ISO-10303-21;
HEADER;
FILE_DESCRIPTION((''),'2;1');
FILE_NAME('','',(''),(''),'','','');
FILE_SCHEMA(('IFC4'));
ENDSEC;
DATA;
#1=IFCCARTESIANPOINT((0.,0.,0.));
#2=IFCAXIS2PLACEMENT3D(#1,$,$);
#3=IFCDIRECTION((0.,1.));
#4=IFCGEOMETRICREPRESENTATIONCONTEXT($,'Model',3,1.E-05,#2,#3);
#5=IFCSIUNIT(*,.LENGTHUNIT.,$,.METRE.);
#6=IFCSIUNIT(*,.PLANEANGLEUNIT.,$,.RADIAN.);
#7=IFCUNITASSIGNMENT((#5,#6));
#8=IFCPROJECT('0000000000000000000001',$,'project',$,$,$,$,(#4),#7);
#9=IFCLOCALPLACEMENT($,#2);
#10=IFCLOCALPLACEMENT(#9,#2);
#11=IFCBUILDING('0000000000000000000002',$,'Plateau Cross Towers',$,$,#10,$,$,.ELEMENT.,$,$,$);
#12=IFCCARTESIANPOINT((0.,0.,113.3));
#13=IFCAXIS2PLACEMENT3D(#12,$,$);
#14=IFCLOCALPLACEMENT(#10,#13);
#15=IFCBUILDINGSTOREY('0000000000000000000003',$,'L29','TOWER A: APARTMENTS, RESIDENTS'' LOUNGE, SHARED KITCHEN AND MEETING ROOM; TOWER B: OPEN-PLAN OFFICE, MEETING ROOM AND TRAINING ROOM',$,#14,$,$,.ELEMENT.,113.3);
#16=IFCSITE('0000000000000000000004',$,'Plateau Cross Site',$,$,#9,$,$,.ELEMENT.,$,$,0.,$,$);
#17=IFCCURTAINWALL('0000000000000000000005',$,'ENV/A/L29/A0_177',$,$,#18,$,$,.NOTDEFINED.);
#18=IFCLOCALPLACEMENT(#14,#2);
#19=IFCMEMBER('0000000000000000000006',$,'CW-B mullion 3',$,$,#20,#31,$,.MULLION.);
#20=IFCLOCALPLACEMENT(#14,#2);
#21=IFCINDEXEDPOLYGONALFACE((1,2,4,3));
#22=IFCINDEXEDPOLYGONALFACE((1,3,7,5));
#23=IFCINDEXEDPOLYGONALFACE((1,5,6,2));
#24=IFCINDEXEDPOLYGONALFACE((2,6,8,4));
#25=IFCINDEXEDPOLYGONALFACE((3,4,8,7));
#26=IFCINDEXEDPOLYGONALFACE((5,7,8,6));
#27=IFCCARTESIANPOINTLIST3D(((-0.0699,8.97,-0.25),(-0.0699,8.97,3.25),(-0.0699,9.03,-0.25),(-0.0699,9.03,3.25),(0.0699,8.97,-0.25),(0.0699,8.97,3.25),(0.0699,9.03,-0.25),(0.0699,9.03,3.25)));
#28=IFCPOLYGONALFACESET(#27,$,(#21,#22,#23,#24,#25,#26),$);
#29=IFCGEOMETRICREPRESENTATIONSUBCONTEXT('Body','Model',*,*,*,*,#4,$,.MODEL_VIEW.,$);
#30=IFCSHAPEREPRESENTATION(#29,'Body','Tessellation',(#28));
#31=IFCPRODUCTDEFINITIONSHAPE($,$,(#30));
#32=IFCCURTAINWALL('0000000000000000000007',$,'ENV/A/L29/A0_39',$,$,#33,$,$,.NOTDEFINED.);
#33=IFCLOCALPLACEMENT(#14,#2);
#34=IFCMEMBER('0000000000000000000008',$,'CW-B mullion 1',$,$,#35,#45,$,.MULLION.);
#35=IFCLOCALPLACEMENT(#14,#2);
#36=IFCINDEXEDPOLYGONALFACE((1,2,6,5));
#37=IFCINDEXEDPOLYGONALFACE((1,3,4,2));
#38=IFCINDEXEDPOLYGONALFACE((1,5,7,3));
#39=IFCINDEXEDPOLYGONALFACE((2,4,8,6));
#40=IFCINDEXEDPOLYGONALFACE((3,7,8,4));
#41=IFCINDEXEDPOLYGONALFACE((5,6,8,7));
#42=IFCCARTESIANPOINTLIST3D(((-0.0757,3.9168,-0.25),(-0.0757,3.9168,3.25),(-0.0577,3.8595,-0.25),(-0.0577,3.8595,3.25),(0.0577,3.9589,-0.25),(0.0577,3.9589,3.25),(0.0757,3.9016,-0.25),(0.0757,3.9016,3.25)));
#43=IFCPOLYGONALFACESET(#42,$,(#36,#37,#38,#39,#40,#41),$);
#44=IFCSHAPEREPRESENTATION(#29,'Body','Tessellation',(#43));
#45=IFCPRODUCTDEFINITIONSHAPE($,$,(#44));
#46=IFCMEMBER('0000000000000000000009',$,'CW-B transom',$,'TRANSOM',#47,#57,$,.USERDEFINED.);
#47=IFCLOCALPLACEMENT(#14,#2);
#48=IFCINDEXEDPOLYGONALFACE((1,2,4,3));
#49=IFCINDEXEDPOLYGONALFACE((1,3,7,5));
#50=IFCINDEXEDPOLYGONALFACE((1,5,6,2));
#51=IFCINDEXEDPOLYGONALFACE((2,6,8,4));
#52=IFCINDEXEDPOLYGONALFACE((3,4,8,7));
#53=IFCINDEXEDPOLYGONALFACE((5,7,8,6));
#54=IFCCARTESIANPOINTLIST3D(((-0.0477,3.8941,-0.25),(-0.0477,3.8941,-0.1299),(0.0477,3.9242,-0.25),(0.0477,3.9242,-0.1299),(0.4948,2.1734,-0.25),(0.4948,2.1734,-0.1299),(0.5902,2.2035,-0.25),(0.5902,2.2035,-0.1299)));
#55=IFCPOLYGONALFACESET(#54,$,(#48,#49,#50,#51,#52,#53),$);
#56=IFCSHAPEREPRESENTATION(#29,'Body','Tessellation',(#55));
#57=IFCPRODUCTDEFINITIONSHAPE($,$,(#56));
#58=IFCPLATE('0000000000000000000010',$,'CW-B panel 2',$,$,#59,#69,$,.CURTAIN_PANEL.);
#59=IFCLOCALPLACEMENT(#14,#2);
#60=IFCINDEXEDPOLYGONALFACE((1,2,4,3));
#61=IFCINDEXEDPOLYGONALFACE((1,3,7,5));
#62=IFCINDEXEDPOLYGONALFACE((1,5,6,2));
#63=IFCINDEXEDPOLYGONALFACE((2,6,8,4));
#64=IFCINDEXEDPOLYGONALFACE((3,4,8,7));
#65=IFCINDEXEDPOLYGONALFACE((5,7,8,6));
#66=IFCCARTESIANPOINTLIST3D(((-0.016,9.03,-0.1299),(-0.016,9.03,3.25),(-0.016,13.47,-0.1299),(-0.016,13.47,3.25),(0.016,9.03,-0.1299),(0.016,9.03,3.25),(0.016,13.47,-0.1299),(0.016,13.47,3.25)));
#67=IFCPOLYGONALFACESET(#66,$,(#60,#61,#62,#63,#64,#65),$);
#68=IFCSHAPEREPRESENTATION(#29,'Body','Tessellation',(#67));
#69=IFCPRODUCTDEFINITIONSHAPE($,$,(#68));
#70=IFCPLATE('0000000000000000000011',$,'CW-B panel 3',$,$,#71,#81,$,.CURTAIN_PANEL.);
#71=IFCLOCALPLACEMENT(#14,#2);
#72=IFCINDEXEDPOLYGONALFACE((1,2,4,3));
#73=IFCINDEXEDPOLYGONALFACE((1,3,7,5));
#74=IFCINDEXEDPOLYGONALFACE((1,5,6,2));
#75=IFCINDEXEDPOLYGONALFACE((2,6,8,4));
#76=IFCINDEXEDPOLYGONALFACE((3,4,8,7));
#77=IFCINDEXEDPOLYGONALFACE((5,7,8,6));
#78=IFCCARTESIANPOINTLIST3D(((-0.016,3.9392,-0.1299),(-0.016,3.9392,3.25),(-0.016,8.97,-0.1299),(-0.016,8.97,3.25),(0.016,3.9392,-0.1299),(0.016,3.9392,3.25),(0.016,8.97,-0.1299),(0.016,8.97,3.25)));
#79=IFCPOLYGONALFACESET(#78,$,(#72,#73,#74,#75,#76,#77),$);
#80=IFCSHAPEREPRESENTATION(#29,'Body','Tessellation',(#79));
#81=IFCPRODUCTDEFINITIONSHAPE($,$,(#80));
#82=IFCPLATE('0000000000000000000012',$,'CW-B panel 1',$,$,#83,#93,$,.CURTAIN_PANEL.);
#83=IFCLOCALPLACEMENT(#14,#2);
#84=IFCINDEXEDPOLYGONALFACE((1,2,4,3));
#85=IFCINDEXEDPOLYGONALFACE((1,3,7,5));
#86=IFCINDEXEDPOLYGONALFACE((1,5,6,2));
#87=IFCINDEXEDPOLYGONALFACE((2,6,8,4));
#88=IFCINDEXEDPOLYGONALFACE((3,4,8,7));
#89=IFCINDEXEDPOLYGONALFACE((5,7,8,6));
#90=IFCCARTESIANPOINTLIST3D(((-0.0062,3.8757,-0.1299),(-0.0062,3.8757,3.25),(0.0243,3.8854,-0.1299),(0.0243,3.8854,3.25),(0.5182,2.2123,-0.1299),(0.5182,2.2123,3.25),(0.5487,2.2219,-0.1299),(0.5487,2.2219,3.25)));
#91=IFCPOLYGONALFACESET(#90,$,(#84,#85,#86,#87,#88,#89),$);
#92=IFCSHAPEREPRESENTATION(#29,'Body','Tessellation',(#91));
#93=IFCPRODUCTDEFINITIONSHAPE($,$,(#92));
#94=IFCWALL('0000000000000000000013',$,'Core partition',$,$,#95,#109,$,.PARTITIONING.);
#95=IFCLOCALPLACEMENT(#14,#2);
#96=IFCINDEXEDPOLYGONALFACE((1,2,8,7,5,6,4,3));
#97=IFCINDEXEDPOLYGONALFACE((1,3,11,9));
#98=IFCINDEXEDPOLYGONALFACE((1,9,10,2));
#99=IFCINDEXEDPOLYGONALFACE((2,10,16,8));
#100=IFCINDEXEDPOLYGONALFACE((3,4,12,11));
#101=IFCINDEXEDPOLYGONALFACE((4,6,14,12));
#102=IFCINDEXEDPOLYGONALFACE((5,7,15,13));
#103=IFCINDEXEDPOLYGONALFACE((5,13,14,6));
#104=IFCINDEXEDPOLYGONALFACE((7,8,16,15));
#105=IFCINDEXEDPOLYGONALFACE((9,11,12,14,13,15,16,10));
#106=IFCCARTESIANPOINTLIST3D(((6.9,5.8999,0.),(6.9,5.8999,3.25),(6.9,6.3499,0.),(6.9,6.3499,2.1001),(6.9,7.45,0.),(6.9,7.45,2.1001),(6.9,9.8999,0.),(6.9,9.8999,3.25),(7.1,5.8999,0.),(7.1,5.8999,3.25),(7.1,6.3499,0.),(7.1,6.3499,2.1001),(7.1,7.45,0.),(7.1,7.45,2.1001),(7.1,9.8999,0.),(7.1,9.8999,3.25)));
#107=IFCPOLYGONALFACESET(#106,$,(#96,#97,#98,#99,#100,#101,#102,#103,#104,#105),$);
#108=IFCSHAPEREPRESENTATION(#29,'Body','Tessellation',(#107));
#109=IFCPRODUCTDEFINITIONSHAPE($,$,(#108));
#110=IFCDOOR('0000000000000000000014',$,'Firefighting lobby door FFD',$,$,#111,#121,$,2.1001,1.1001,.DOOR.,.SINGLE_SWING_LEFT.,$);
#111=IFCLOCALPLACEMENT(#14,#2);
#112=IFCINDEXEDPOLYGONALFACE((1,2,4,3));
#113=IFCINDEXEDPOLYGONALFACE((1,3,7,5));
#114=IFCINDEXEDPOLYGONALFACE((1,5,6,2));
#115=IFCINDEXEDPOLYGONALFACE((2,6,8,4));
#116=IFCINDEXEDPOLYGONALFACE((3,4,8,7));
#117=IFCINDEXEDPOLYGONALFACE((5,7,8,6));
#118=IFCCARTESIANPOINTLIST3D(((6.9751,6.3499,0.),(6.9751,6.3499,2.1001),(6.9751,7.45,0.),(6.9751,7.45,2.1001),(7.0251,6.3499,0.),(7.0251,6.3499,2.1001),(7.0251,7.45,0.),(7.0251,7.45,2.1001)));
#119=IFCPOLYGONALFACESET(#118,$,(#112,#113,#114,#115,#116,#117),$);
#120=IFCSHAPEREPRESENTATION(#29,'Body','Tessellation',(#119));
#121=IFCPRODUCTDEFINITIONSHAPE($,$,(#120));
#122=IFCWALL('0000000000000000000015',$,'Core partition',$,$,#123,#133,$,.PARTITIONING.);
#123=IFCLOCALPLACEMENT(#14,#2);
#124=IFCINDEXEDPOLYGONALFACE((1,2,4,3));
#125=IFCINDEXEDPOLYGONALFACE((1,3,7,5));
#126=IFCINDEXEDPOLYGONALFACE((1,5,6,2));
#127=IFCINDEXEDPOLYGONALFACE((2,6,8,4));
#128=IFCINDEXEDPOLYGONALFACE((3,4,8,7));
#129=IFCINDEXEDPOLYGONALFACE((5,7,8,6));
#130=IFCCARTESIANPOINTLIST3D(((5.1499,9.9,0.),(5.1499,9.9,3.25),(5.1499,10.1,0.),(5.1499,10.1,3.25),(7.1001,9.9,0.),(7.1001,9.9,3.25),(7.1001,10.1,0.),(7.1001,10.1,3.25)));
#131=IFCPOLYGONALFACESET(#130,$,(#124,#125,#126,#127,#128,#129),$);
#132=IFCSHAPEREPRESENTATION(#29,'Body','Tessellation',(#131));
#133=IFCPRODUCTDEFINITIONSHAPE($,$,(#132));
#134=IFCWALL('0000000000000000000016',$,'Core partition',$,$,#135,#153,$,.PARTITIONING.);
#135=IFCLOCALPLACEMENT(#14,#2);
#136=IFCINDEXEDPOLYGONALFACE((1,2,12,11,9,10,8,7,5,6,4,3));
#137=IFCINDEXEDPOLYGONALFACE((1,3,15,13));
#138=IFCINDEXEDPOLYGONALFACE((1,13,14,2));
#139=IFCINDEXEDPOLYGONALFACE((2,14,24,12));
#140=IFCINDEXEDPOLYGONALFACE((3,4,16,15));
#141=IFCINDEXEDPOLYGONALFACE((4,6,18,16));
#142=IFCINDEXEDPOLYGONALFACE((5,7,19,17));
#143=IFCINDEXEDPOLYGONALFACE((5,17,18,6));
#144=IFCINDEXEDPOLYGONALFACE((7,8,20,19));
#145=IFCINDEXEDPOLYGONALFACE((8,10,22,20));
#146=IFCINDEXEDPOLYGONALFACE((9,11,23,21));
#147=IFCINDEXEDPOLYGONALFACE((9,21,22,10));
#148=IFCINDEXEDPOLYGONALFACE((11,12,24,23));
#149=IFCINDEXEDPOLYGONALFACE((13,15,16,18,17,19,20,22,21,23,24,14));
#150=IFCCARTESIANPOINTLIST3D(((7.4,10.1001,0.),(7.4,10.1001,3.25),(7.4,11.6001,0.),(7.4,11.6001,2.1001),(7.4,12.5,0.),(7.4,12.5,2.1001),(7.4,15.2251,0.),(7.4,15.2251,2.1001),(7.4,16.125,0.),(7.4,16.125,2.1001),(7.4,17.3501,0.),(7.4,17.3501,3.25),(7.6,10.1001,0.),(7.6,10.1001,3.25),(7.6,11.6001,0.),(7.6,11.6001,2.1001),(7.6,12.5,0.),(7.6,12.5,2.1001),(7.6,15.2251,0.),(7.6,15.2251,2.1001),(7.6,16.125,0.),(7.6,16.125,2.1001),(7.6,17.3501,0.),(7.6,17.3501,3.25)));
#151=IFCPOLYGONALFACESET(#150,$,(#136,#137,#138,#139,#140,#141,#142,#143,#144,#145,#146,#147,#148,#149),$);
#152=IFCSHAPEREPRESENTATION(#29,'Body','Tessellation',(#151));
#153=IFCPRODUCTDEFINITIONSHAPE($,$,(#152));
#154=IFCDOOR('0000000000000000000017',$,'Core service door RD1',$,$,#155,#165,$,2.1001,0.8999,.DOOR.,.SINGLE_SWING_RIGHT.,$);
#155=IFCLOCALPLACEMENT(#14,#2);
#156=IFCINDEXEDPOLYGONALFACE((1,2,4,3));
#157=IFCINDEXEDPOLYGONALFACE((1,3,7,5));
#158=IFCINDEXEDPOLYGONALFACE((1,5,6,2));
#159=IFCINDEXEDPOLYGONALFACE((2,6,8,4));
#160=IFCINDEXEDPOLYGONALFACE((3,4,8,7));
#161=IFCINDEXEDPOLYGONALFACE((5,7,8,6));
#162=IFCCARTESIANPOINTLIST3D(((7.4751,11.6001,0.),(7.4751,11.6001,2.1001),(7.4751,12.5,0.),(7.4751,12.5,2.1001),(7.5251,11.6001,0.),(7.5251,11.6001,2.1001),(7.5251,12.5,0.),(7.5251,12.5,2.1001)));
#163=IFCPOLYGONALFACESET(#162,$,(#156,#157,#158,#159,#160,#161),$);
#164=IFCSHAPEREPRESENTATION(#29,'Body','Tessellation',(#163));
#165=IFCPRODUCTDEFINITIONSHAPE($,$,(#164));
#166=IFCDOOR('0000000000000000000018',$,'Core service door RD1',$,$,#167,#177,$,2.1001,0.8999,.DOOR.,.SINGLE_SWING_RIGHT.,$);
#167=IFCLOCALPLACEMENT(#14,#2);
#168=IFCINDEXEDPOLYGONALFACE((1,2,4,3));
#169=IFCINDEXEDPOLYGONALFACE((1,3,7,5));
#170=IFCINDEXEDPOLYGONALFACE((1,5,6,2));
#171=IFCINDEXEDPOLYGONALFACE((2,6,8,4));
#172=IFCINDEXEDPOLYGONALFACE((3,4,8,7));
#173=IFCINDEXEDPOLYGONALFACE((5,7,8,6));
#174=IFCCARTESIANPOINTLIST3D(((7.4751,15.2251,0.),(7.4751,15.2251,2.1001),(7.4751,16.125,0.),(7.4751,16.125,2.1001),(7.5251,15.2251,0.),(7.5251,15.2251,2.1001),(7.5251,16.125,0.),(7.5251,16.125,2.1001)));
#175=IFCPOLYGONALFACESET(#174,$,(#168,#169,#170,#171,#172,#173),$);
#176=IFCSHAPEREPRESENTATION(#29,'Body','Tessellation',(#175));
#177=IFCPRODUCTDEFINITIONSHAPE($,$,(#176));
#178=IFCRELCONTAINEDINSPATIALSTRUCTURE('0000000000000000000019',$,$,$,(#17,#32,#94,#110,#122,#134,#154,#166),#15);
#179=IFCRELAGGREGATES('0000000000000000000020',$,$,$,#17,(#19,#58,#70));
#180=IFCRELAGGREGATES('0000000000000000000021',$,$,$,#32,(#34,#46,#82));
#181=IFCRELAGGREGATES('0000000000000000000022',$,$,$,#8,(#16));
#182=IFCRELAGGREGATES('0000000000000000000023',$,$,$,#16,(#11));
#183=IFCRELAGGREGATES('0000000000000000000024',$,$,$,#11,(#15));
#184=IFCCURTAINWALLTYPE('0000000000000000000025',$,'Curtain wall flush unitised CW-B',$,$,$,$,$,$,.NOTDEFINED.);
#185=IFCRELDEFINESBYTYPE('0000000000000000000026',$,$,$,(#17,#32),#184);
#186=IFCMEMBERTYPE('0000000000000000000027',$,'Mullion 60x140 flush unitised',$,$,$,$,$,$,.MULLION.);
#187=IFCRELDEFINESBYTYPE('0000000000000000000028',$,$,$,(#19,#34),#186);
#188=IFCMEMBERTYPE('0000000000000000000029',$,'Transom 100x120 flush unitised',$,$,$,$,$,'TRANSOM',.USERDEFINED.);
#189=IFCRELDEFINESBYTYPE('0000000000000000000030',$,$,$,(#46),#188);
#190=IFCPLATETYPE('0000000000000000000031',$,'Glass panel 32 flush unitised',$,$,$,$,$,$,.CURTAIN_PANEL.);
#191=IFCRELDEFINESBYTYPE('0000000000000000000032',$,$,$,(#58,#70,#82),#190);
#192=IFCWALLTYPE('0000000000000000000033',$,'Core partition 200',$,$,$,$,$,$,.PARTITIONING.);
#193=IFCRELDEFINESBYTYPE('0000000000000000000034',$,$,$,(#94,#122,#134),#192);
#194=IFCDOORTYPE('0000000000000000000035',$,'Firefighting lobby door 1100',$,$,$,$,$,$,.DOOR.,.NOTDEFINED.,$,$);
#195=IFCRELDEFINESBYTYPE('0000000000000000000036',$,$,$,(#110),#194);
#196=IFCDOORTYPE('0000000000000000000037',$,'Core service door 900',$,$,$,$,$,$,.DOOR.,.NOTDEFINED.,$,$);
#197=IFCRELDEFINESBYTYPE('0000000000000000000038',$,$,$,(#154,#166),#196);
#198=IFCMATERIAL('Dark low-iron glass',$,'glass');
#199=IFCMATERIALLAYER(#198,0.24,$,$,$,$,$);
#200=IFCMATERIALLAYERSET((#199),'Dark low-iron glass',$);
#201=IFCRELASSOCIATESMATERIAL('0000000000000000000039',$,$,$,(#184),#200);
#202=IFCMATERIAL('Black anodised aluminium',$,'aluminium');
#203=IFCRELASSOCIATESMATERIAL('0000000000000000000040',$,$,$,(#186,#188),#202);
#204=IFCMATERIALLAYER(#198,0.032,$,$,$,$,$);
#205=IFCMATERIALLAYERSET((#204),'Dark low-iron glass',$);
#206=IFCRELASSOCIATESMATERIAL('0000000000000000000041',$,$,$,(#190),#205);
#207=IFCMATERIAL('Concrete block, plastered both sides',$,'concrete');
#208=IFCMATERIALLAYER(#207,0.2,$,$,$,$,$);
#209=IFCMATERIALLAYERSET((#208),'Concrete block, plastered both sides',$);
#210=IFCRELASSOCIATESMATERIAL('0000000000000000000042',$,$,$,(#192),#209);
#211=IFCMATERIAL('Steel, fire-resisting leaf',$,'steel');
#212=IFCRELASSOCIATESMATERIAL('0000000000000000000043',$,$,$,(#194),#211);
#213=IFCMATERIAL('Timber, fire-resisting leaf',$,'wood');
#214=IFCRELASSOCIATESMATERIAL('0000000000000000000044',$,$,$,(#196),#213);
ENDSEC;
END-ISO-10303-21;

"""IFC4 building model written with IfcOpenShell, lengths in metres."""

from ifc_helpers import new_model, si_unit, direction, frame, frame_2d, origin, origin_2d, place, context, subcontext, project, spatial, rectangle, extrude, material, layer, layer_set, material_profile, profile_set, type_object, element, fill, aggregate, save


model = new_model("IFC4")

# Units and contexts
model_context = context("Model", 3, precision=1e-05, world=origin(), true_north=direction((0.0, 1.0)))
body_context = subcontext(model_context, "Body", "Model", "MODEL_VIEW")
ifc_project = project(units=[si_unit("LENGTHUNIT", "METRE"), si_unit("PLANEANGLEUNIT", "RADIAN")], contexts=[model_context])

# Site, building, storey
site_placement = place(None, origin())
site = spatial("IfcSite", under=ifc_project, at=site_placement, Name="Plateau Cross Site", CompositionType="ELEMENT", RefElevation=0.0)
building_placement = place(site_placement, origin())
building = spatial("IfcBuilding", under=site, at=building_placement, Name="Plateau Cross Towers", CompositionType="ELEMENT")
storey_placement = place(building_placement, frame((0.0, 0.0, 113.3)))
storey = spatial("IfcBuildingStorey", under=building, at=storey_placement, Name="L29", Description="TOWER A: APARTMENTS, RESIDENTS' LOUNGE, SHARED KITCHEN AND MEETING ROOM; TOWER B: OPEN-PLAN OFFICE, MEETING ROOM AND TRAINING ROOM", CompositionType="ELEMENT", Elevation=113.3)

# Curtain wall, member
ifc_material_1 = material(Name="Dark low-iron glass", Category="glass")
ifc_layer_1 = layer(ifc_material_1, 0.24)
ifc_layer_set_1 = layer_set([ifc_layer_1], Name="Dark low-iron glass")
curtain_wall_type = type_object("IfcCurtainWallType", Name="Curtain wall flush unitised CW-B", PredefinedType="NOTDEFINED", material=ifc_layer_set_1)
curtain_wall_1_placement = place(storey_placement, origin())
curtain_wall_1 = element("IfcCurtainWall", 1, at=curtain_wall_1_placement, inside=storey, type_object=curtain_wall_type, Name="ENV/A/L29/A0_177", PredefinedType="NOTDEFINED")
ifc_material_2 = material(Name="Black anodised aluminium", Category="aluminium")
ifc_material_profile_1 = material_profile(ifc_material_2, rectangle(XDim=0.0601, YDim=0.1399, at=origin_2d()), Name="MULLION 60x140")
ifc_profile_set_1 = profile_set([ifc_material_profile_1], Name="Black anodised aluminium")
member_type_1 = type_object("IfcMemberType", Name="Mullion 60x140 flush unitised", PredefinedType="MULLION", material=ifc_profile_set_1)
member_1_placement = place(storey_placement, frame((0.0, 9.0, -0.25), z_axis=(0.0, 0.0, 1.0), x_axis=(0.0, -1.0, 0.0)))
member_1 = element("IfcMember", 2, at=member_1_placement, type_object=member_type_1, Name="CW-B mullion 3", PredefinedType="MULLION", context=body_context, shape_type="SweptSolid", body=[
    extrude(rectangle(XDim=0.0601, YDim=0.1399, at=origin_2d()), origin(), (0.0, 0.0, 1.0), 3.5),
])

# Curtain wall, members
curtain_wall_2_placement = place(storey_placement, origin())
curtain_wall_2 = element("IfcCurtainWall", 3, at=curtain_wall_2_placement, inside=storey, type_object=curtain_wall_type, Name="ENV/A/L29/A0_39", PredefinedType="NOTDEFINED")
member_2_placement = place(storey_placement, frame((0.0, 3.9092, -0.25), z_axis=(0.0, 0.0, 1.0), x_axis=(0.300686, -0.953723, 0.0)))
member_2 = element("IfcMember", 4, at=member_2_placement, type_object=member_type_1, Name="CW-B mullion 1", PredefinedType="MULLION", context=body_context, shape_type="SweptSolid", body=[
    extrude(rectangle(XDim=0.0601, YDim=0.1399, at=origin_2d()), origin(), (0.0, 0.0, 1.0), 3.5),
])
ifc_material_profile_2 = material_profile(ifc_material_2, rectangle(XDim=0.1001, YDim=0.1201, at=origin_2d()), Name="TRANSOM 100x120")
ifc_profile_set_2 = profile_set([ifc_material_profile_2], Name="Black anodised aluminium")
member_type_2 = type_object("IfcMemberType", Name="Transom 100x120 flush unitised", ElementType="TRANSOM", PredefinedType="USERDEFINED", material=ifc_profile_set_2)
member_3_placement = place(storey_placement, frame((0.0, 3.9092, -0.1899), z_axis=(0.300678, -0.953726, 0.0), x_axis=(0.953726, 0.300678, 0.0)))
member_3 = element("IfcMember", 5, at=member_3_placement, type_object=member_type_2, Name="CW-B transom", ObjectType="TRANSOM", PredefinedType="USERDEFINED", context=body_context, shape_type="SweptSolid", body=[
    extrude(rectangle(XDim=0.1001, YDim=0.1201, at=origin_2d()), origin(), (0.0, 0.0, 1.0), 1.8042),
])

# Plates
ifc_layer_2 = layer(ifc_material_1, 0.032)
ifc_layer_set_2 = layer_set([ifc_layer_2], Name="Dark low-iron glass")
plate_type = type_object("IfcPlateType", Name="Glass panel 32 flush unitised", PredefinedType="CURTAIN_PANEL", material=ifc_layer_set_2)
plate_1_placement = place(storey_placement, frame((0.0, 11.25, -0.1299), z_axis=(0.0, 0.0, 1.0), x_axis=(0.0, -1.0, 0.0)))
plate_1 = element("IfcPlate", 6, at=plate_1_placement, type_object=plate_type, Name="CW-B panel 2", PredefinedType="CURTAIN_PANEL", context=body_context, shape_type="SweptSolid", body=[
    extrude(rectangle(XDim=4.4399, YDim=0.032, at=origin_2d()), origin(), (0.0, 0.0, 1.0), 3.3799),
])
plate_2_placement = place(storey_placement, frame((0.0, 6.4546, -0.1299), z_axis=(0.0, 0.0, 1.0), x_axis=(0.0, -1.0, 0.0)))
plate_2 = element("IfcPlate", 7, at=plate_2_placement, type_object=plate_type, Name="CW-B panel 3", PredefinedType="CURTAIN_PANEL", context=body_context, shape_type="SweptSolid", body=[
    extrude(rectangle(XDim=5.0308, YDim=0.032, at=origin_2d()), origin(), (0.0, 0.0, 1.0), 3.3799),
])
aggregate(curtain_wall_1, [member_1, plate_1, plate_2])
plate_3_placement = place(storey_placement, frame((0.2712, 3.0488, -0.1299), z_axis=(0.0, 0.0, 1.0), x_axis=(0.300686, -0.953723, 0.0)))
plate_3 = element("IfcPlate", 8, at=plate_3_placement, type_object=plate_type, Name="CW-B panel 1", PredefinedType="CURTAIN_PANEL", context=body_context, shape_type="SweptSolid", body=[
    extrude(rectangle(XDim=1.7441, YDim=0.032, at=origin_2d()), origin(), (0.0, 0.0, 1.0), 3.3799),
])
aggregate(curtain_wall_2, [member_2, member_3, plate_3])

# Wall, opening, door
ifc_material_3 = material(Name="Concrete block, plastered both sides", Category="concrete")
ifc_layer_3 = layer(ifc_material_3, 0.2)
ifc_layer_set_3 = layer_set([ifc_layer_3], Name="Concrete block, plastered both sides")
wall_type_1 = type_object("IfcWallType", Name="Core partition 200", PredefinedType="PARTITIONING", material=ifc_layer_set_3)
wall_1_placement = place(storey_placement, frame((7.0, 5.8999, 0.0), z_axis=(0.0, 0.0, 1.0), x_axis=(0.0, 1.0, 0.0)))
wall_1 = element("IfcWall", 9, at=wall_1_placement, inside=storey, type_object=wall_type_1, Name="Core partition", PredefinedType="PARTITIONING", context=body_context, shape_type="SweptSolid", body=[
    extrude(rectangle(XDim=4.0, YDim=0.2, at=frame_2d((2.0, 0.0))), origin(), (0.0, 0.0, 1.0), 3.25),
])
opening_1_placement = place(wall_1_placement, frame((0.45, 0.0, 0.0)))
opening_1 = element("IfcOpeningElement", 10, at=opening_1_placement, cuts=wall_1, PredefinedType="OPENING", context=body_context, shape_type="SweptSolid", body=[
    extrude(rectangle(XDim=1.1001, YDim=2.1001, at=frame_2d((0.55, 1.05))), frame((0.0, 0.1099, 0.0), z_axis=(0.0, -1.0, 0.0), x_axis=(1.0, 0.0, 0.0)), (0.0, 0.0, 1.0), 0.22),
])
ifc_material_4 = material(Name="Steel, fire-resisting leaf", Category="steel")
door_type_1 = type_object("IfcDoorType", Name="Firefighting lobby door 1100", OperationType="NOTDEFINED", PredefinedType="DOOR", material=ifc_material_4)
door_1_placement = place(opening_1_placement, origin())
door_1 = element("IfcDoor", 11, at=door_1_placement, inside=storey, type_object=door_type_1, Name="Firefighting lobby door FFD", OperationType="SINGLE_SWING_LEFT", OverallHeight=2.1001, OverallWidth=1.1001, PredefinedType="DOOR", context=body_context, shape_type="SweptSolid", body=[
    extrude(rectangle(XDim=1.1001, YDim=2.1001, at=frame_2d((0.55, 1.05))), frame((0.0, 0.0249, 0.0), z_axis=(0.0, -1.0, 0.0), x_axis=(1.0, 0.0, 0.0)), (0.0, 0.0, 1.0), 0.05),
])
fill(opening_1, door_1)

# Wall
wall_2_placement = place(storey_placement, frame((5.1499, 10.0, 0.0), z_axis=(0.0, 0.0, 1.0), x_axis=(1.0, 0.0, 0.0)))
element("IfcWall", 12, at=wall_2_placement, inside=storey, type_object=wall_type_1, Name="Core partition", PredefinedType="PARTITIONING", context=body_context, shape_type="SweptSolid", body=[
    extrude(rectangle(XDim=1.9502, YDim=0.2, at=frame_2d((0.9751, 0.0))), origin(), (0.0, 0.0, 1.0), 3.25),
])

# Wall, openings, doors
wall_3_placement = place(storey_placement, frame((7.5, 10.1001, 0.0), z_axis=(0.0, 0.0, 1.0), x_axis=(0.0, 1.0, 0.0)))
wall_3 = element("IfcWall", 13, at=wall_3_placement, inside=storey, type_object=wall_type_1, Name="Core partition", PredefinedType="PARTITIONING", context=body_context, shape_type="SweptSolid", body=[
    extrude(rectangle(XDim=7.25, YDim=0.2, at=frame_2d((3.625, 0.0))), origin(), (0.0, 0.0, 1.0), 3.25),
])
opening_2_placement = place(wall_3_placement, frame((1.5, 0.0, 0.0)))
opening_2 = element("IfcOpeningElement", 14, at=opening_2_placement, cuts=wall_3, PredefinedType="OPENING", context=body_context, shape_type="SweptSolid", body=[
    extrude(rectangle(XDim=0.8999, YDim=2.1001, at=frame_2d((0.45, 1.05))), frame((0.0, 0.1099, 0.0), z_axis=(0.0, -1.0, 0.0), x_axis=(1.0, 0.0, 0.0)), (0.0, 0.0, 1.0), 0.22),
])
opening_3_placement = place(wall_3_placement, frame((5.125, 0.0, 0.0)))
opening_3 = element("IfcOpeningElement", 15, at=opening_3_placement, cuts=wall_3, PredefinedType="OPENING", context=body_context, shape_type="SweptSolid", body=[
    extrude(rectangle(XDim=0.8999, YDim=2.1001, at=frame_2d((0.45, 1.05))), frame((0.0, 0.1099, 0.0), z_axis=(0.0, -1.0, 0.0), x_axis=(1.0, 0.0, 0.0)), (0.0, 0.0, 1.0), 0.22),
])
ifc_material_5 = material(Name="Timber, fire-resisting leaf", Category="wood")
door_type_2 = type_object("IfcDoorType", Name="Core service door 900", OperationType="NOTDEFINED", PredefinedType="DOOR", material=ifc_material_5)
door_2_placement = place(opening_2_placement, origin())
door_2 = element("IfcDoor", 16, at=door_2_placement, inside=storey, type_object=door_type_2, Name="Core service door RD1", OperationType="SINGLE_SWING_RIGHT", OverallHeight=2.1001, OverallWidth=0.8999, PredefinedType="DOOR", context=body_context, shape_type="SweptSolid", body=[
    extrude(rectangle(XDim=0.8999, YDim=2.1001, at=frame_2d((0.45, 1.05))), frame((0.0, 0.0249, 0.0), z_axis=(0.0, -1.0, 0.0), x_axis=(1.0, 0.0, 0.0)), (0.0, 0.0, 1.0), 0.05),
])
fill(opening_2, door_2)
door_3_placement = place(opening_3_placement, origin())
door_3 = element("IfcDoor", 17, at=door_3_placement, inside=storey, type_object=door_type_2, Name="Core service door RD1", OperationType="SINGLE_SWING_RIGHT", OverallHeight=2.1001, OverallWidth=0.8999, PredefinedType="DOOR", context=body_context, shape_type="SweptSolid", body=[
    extrude(rectangle(XDim=0.8999, YDim=2.1001, at=frame_2d((0.45, 1.05))), frame((0.0, 0.0249, 0.0), z_axis=(0.0, -1.0, 0.0), x_axis=(1.0, 0.0, 0.0)), (0.0, 0.0, 1.0), 0.05),
])
fill(opening_3, door_3)

save(model, "model.ifc")
